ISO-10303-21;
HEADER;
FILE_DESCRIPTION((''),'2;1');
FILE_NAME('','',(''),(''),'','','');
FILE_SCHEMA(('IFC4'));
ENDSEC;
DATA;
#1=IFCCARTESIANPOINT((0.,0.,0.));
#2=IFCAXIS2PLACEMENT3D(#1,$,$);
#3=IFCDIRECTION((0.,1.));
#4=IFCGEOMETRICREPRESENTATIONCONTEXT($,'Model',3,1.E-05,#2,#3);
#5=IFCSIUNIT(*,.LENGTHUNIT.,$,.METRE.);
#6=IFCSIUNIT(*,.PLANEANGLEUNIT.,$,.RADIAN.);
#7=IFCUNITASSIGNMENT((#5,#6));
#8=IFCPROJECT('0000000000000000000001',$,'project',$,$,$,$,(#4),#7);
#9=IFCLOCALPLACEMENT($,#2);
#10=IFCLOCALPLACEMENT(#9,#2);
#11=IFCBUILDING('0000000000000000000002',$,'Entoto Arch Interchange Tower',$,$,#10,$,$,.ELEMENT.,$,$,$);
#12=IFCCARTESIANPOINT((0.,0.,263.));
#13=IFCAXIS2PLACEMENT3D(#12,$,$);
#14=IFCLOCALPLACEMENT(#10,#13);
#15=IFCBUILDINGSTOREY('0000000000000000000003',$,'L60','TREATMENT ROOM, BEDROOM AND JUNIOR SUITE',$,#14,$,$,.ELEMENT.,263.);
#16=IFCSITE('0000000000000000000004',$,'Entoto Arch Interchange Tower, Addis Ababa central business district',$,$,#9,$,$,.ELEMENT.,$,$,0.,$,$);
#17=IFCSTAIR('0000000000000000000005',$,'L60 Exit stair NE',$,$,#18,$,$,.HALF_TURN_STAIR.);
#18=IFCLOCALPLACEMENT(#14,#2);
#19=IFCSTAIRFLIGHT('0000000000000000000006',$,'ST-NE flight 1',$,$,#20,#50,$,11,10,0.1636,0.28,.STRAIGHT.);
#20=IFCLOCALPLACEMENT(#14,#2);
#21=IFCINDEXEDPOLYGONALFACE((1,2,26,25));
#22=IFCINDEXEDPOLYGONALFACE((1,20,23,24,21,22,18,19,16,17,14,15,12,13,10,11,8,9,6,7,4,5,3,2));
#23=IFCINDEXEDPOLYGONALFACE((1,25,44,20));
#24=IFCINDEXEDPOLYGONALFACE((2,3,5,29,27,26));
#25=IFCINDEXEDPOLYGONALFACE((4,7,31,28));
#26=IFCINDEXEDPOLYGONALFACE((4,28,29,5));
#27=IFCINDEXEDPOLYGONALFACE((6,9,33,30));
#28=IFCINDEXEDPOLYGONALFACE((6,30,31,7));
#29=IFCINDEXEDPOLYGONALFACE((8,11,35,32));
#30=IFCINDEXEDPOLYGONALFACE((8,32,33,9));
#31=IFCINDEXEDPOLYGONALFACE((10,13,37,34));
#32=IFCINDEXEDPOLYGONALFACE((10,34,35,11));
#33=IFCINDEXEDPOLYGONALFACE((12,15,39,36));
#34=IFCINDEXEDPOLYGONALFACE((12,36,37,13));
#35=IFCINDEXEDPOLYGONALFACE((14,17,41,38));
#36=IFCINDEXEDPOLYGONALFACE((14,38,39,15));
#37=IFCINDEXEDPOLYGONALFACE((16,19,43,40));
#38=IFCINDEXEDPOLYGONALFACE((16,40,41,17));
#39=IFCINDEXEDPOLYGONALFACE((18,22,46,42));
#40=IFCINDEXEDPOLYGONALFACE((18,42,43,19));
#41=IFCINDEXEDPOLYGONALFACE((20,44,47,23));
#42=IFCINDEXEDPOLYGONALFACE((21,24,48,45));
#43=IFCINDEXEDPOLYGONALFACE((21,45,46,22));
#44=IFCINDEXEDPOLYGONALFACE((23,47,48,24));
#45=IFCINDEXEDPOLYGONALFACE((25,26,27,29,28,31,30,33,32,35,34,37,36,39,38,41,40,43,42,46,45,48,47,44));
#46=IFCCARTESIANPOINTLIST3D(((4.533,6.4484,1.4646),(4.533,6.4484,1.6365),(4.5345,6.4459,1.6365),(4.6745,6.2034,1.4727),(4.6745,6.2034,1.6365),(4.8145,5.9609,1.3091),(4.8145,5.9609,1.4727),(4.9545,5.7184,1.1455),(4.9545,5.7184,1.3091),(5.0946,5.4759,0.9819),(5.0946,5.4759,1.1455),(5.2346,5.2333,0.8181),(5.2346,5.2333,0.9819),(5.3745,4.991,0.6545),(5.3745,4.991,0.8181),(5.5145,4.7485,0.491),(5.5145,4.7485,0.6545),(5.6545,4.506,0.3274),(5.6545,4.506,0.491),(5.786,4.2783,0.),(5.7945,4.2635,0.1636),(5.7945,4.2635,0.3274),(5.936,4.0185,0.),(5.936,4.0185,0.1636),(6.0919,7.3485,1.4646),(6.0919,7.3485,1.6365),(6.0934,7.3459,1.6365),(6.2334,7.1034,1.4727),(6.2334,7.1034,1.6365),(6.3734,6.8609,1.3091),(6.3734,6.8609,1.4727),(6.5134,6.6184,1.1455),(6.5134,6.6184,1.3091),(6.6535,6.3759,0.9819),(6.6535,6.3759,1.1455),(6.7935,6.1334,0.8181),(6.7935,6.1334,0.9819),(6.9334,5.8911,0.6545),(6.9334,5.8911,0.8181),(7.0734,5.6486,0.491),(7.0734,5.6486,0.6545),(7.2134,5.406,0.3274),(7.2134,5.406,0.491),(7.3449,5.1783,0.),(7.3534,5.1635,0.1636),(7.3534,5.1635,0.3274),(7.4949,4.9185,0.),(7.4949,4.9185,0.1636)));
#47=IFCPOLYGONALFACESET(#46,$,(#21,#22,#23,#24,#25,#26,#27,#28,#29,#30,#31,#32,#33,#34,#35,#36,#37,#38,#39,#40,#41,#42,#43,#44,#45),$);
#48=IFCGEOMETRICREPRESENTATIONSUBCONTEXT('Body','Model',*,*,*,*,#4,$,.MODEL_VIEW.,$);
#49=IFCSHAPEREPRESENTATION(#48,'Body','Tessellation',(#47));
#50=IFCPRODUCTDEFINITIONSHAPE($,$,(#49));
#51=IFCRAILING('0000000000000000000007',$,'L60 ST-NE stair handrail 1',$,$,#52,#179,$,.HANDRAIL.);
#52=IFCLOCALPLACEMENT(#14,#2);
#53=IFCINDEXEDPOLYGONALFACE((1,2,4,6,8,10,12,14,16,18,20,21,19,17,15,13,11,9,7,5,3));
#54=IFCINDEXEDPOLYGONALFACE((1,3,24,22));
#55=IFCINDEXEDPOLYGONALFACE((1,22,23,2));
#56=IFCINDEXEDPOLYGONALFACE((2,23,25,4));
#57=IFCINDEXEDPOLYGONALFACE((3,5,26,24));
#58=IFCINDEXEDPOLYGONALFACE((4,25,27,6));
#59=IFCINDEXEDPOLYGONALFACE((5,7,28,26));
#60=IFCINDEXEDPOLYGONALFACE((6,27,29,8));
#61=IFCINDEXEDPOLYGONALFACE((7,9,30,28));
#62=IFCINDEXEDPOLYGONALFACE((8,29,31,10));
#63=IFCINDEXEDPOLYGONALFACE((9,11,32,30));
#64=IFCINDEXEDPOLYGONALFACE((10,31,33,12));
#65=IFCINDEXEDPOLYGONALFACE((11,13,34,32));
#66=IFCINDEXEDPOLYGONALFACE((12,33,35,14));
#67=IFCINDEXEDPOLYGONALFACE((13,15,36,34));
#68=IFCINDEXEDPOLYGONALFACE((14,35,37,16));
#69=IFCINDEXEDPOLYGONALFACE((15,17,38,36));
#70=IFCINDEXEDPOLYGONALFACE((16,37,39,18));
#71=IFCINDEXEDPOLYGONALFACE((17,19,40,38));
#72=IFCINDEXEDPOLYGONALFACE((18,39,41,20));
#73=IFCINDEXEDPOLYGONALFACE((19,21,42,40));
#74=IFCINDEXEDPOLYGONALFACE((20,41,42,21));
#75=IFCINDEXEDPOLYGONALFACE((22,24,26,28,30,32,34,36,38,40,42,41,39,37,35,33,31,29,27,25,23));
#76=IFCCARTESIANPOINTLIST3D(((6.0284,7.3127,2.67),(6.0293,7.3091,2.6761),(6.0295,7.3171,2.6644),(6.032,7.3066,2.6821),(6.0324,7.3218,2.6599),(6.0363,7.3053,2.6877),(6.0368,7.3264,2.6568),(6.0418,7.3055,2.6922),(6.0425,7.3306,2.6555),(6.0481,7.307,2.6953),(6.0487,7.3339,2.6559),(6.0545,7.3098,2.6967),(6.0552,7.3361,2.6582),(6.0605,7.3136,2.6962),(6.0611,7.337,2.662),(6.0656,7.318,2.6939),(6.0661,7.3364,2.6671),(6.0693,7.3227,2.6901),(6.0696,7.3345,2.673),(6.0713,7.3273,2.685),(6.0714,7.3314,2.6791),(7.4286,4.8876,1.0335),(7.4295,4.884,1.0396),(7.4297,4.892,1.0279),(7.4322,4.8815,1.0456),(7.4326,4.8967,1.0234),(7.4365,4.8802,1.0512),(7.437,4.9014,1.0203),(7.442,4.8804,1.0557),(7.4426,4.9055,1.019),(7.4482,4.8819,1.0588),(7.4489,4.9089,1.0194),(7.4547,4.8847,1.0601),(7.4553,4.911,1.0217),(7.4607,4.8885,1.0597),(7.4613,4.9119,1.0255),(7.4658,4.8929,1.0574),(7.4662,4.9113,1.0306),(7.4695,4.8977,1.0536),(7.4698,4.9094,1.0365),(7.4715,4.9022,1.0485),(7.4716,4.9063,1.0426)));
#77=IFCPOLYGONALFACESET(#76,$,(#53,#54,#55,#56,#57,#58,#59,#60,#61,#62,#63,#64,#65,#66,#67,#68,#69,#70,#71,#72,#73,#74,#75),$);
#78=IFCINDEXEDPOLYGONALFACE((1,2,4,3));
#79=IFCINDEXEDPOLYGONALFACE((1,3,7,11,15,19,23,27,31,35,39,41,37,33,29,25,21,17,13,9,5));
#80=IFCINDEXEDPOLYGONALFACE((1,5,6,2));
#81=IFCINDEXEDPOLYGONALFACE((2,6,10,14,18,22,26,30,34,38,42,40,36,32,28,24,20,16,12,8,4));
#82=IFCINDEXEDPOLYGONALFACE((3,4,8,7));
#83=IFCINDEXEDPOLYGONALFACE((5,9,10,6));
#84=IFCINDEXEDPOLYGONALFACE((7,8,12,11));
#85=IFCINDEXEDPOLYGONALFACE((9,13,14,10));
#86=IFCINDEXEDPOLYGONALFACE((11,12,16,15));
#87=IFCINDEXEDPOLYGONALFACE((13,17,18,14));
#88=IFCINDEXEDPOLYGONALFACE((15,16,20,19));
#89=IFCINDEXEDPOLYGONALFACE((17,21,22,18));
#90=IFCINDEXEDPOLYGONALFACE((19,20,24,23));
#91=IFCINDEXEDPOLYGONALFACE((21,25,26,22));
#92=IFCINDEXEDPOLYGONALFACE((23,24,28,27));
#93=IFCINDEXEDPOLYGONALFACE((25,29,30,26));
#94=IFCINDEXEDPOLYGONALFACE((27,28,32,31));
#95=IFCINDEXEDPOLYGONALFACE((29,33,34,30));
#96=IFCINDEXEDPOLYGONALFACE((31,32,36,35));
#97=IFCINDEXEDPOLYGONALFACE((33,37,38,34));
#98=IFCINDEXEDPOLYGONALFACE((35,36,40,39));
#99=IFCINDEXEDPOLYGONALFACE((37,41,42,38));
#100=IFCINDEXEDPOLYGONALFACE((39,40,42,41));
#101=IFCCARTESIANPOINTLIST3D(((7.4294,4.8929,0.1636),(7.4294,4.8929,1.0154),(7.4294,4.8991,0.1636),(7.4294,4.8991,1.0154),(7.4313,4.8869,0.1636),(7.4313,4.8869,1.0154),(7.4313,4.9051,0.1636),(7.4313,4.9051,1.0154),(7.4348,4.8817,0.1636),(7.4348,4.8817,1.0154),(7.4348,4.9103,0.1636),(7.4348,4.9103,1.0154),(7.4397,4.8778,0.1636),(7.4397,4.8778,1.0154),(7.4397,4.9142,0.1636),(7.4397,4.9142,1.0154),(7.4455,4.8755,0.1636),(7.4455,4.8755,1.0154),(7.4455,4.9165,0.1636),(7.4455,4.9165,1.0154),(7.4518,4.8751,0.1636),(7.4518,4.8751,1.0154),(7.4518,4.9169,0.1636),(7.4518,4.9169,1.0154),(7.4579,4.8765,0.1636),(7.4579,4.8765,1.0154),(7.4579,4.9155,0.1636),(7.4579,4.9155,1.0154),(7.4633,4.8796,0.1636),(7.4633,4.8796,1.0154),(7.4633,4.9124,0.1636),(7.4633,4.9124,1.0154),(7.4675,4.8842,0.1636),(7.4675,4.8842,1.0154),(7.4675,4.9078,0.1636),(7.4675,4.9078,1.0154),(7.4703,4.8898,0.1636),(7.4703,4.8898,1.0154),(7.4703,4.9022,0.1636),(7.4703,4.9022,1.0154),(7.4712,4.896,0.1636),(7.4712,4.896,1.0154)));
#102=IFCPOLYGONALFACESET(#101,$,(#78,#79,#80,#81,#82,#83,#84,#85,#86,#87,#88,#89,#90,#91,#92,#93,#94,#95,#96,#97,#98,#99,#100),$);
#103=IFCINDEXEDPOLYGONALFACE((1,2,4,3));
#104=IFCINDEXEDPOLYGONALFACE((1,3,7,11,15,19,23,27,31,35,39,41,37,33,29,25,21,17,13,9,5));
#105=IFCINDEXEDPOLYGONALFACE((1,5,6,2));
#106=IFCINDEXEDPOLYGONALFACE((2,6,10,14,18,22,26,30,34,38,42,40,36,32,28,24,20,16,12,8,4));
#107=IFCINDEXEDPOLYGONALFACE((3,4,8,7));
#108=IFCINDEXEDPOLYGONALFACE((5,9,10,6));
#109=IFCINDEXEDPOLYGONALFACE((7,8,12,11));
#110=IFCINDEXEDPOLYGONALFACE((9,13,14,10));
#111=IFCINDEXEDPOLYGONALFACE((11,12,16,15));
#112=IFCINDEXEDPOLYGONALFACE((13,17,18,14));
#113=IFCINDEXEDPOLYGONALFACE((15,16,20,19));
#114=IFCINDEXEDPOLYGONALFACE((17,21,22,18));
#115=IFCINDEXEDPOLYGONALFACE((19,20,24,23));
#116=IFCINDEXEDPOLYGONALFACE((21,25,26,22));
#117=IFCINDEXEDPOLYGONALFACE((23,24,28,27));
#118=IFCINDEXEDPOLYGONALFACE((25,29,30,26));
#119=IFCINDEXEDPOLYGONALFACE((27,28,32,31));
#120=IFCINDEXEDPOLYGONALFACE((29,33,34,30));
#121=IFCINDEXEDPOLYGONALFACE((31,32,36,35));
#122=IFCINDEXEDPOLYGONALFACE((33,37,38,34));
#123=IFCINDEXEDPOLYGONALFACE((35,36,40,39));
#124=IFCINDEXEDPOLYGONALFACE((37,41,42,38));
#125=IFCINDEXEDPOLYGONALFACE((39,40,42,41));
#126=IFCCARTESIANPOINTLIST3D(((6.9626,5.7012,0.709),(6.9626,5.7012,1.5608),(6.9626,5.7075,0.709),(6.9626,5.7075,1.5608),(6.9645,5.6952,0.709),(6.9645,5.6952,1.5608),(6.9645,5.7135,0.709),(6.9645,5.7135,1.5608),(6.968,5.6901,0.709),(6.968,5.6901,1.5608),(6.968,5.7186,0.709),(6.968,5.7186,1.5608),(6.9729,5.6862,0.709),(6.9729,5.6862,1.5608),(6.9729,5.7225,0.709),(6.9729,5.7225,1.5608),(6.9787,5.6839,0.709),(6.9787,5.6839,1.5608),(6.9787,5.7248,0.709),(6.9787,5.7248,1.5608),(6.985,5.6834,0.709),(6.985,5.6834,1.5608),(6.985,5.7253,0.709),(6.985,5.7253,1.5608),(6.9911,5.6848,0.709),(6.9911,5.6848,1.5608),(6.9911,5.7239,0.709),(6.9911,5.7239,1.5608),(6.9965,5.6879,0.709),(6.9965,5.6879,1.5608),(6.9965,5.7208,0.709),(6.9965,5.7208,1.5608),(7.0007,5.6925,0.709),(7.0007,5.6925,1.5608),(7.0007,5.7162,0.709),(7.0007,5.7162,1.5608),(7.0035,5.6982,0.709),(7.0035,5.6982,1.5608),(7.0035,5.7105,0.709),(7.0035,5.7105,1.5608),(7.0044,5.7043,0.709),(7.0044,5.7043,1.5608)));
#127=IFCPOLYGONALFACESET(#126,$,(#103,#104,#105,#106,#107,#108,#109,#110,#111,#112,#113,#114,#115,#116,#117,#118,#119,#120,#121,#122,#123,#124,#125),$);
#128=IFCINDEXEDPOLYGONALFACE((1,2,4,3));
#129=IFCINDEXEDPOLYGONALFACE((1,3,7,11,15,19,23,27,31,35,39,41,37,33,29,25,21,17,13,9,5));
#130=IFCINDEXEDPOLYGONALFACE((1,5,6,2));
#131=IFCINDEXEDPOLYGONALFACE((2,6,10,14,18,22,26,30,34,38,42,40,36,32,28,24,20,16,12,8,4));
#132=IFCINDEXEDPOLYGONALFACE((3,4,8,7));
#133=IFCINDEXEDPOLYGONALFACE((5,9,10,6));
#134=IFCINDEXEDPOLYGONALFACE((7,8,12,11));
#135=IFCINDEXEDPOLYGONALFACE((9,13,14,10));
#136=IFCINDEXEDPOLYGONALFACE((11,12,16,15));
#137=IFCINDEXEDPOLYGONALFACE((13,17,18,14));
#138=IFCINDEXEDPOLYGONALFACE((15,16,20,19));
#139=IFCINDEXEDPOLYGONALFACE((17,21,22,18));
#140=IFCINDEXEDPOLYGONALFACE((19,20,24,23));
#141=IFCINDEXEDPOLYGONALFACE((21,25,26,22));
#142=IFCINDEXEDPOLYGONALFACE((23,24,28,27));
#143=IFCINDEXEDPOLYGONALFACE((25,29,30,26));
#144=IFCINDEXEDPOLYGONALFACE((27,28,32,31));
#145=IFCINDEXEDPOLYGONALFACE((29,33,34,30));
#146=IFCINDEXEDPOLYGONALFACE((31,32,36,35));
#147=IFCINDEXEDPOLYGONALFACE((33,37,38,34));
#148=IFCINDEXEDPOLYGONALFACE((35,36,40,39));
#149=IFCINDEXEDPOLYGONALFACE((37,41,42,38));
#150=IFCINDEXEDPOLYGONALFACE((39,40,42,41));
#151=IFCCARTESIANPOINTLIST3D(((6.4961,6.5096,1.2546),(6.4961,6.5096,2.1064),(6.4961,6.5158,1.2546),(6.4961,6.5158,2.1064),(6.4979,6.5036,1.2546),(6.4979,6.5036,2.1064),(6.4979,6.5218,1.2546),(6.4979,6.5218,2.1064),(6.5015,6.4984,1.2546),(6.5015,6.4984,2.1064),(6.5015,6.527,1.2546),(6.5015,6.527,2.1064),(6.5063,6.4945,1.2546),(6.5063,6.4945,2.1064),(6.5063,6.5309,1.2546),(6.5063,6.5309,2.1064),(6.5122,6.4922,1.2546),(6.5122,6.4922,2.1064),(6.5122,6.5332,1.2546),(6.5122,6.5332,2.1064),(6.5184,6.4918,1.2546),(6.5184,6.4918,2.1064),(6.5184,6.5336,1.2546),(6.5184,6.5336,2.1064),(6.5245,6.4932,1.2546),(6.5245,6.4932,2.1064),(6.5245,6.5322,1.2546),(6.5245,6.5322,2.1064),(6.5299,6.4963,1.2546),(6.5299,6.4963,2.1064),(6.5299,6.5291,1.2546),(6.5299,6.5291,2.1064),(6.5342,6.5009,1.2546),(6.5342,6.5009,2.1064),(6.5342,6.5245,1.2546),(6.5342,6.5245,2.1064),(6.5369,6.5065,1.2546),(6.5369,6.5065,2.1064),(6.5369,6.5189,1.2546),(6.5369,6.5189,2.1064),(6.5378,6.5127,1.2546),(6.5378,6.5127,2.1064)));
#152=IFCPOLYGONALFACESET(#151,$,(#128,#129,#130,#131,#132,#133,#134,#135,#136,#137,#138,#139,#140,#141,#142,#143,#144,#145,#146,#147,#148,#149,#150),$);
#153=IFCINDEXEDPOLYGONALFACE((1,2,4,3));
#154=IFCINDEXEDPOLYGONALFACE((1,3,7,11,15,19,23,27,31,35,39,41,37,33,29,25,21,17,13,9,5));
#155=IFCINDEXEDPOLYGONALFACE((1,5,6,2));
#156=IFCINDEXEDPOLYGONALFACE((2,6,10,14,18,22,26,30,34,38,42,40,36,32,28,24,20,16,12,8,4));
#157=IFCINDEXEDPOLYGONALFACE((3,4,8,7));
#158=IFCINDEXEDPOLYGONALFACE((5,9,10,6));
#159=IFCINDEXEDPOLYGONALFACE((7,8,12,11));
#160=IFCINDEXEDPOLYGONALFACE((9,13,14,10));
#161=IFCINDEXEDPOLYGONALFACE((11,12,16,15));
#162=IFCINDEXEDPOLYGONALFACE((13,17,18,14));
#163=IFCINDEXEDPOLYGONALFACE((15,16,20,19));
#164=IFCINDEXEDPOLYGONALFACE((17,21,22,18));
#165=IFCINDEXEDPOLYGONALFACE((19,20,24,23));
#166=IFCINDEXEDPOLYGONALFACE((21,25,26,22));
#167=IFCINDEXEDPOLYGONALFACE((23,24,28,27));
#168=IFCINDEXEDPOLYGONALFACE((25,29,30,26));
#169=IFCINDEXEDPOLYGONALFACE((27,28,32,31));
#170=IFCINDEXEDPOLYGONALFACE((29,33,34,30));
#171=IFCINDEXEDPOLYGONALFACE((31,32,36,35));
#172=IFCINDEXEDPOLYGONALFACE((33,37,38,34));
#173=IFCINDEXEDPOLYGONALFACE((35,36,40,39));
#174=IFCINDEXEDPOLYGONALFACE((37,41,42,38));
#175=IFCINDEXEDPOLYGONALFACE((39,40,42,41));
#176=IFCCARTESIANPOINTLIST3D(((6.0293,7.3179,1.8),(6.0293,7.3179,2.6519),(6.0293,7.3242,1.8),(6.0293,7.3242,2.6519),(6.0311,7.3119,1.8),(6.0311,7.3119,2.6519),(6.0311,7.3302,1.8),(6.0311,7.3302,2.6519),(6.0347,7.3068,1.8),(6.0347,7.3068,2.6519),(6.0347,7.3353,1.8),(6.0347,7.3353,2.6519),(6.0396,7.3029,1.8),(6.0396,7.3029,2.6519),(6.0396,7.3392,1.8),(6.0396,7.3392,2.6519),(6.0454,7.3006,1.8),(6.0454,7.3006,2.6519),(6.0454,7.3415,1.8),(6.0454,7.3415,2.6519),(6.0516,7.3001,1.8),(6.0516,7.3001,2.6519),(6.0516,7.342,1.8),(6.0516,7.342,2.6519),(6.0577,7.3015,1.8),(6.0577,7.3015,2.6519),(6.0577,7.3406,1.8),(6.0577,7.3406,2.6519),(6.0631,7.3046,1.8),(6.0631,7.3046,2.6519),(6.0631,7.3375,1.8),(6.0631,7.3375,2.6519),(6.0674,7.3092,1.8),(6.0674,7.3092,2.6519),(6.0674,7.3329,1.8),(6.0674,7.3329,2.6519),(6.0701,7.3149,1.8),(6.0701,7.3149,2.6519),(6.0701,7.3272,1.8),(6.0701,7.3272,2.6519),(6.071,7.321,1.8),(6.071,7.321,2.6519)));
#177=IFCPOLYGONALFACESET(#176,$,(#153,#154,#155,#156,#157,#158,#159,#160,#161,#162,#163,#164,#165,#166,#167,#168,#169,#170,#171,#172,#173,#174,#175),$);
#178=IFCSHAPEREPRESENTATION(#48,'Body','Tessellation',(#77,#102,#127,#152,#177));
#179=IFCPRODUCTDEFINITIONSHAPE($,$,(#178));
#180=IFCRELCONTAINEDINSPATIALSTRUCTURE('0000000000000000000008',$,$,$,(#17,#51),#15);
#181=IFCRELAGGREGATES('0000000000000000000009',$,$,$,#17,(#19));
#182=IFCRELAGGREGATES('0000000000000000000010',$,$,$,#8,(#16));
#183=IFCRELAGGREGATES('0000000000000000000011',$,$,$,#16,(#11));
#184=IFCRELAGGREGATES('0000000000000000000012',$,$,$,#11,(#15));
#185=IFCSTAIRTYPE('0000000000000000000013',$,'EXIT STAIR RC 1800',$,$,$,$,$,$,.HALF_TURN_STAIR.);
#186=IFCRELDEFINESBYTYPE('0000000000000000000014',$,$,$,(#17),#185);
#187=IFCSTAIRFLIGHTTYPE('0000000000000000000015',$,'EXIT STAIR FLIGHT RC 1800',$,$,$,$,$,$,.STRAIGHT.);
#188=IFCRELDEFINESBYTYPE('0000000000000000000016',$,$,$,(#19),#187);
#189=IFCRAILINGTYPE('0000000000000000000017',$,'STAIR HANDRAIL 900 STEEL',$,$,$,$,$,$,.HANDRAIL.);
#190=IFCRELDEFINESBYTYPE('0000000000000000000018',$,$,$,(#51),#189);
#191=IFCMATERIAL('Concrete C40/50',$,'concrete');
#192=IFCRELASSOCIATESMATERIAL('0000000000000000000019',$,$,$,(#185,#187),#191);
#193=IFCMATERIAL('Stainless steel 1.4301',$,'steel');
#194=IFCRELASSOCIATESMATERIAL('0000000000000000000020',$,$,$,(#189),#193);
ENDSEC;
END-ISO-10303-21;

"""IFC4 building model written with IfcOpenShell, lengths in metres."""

from ifc_helpers import new_model, si_unit, direction, frame, origin, origin_2d, place, context, subcontext, project, spatial, polyline, circle, outline, extrude, material, type_object, element, aggregate, save


model = new_model("IFC4")

# Units and contexts
model_context = context("Model", 3, precision=1e-05, world=origin(), true_north=direction((0.0, 1.0)))
body_context = subcontext(model_context, "Body", "Model", "MODEL_VIEW")
ifc_project = project(units=[si_unit("LENGTHUNIT", "METRE"), si_unit("PLANEANGLEUNIT", "RADIAN")], contexts=[model_context])

# Site, building, storey
site_placement = place(None, origin())
site = spatial("IfcSite", under=ifc_project, at=site_placement, Name="Entoto Arch Interchange Tower, Addis Ababa central business district", CompositionType="ELEMENT", RefElevation=0.0)
building_placement = place(site_placement, origin())
building = spatial("IfcBuilding", under=site, at=building_placement, Name="Entoto Arch Interchange Tower", CompositionType="ELEMENT")
storey_placement = place(building_placement, frame((0.0, 0.0, 263.0)))
storey = spatial("IfcBuildingStorey", under=building, at=storey_placement, Name="L60", Description="TREATMENT ROOM, BEDROOM AND JUNIOR SUITE", CompositionType="ELEMENT", Elevation=263.0)

# Shared definitions
ifc_material_1 = material(Name="Concrete C40/50", Category="concrete")

# Stair, stair flight
stair_type = type_object("IfcStairType", Name="EXIT STAIR RC 1800", PredefinedType="HALF_TURN_STAIR", material=ifc_material_1)
stair_placement = place(storey_placement, origin())
stair = element("IfcStair", 1, at=stair_placement, inside=storey, type_object=stair_type, Name="L60 Exit stair NE", PredefinedType="HALF_TURN_STAIR")
stair_flight_type = type_object("IfcStairFlightType", Name="EXIT STAIR FLIGHT RC 1800", PredefinedType="STRAIGHT", material=ifc_material_1)
stair_flight_placement = place(storey_placement, frame((6.7139, 4.4709, 0.0), z_axis=(0.0, 0.0, 1.0), x_axis=(-0.5, 0.866025, 0.0)))
stair_flight = element("IfcStairFlight", 2, at=stair_flight_placement, type_object=stair_flight_type, Name="ST-NE flight 1", NumberOfRisers=11, NumberOfTreads=10, PredefinedType="STRAIGHT", RiserHeight=0.1636, TreadLength=0.28, context=body_context, shape_type="SweptSolid", body=[
    extrude(outline(polyline([(-0.0029, 0.0), (-0.0029, 0.1636), (0.28, 0.1636), (0.28, 0.3274), (0.5601, 0.3274), (0.5601, 0.491), (0.8401, 0.491), (0.8401, 0.6545), (1.1201, 0.6545), (1.1201, 0.8181), (1.3999, 0.8181), (1.3999, 0.9819), (1.6799, 0.9819), (1.6799, 1.1455), (1.96, 1.1455), (1.96, 1.3091), (2.24, 1.3091), (2.24, 1.4727), (2.52, 1.4727), (2.52, 1.6365), (2.8, 1.6365), (2.803, 1.6365), (2.803, 1.4646), (0.2971, 0.0), (-0.0029, 0.0)])), frame((0.0, 0.8999, 0.0), z_axis=(0.0, -1.0, 0.0), x_axis=(1.0, 0.0, 0.0)), (0.0, 0.0, 1.0), 1.8),
])
aggregate(stair, [stair_flight])

# Railing
ifc_material_2 = material(Name="Stainless steel 1.4301", Category="steel")
railing_type = type_object("IfcRailingType", Name="STAIR HANDRAIL 900 STEEL", PredefinedType="HANDRAIL", material=ifc_material_2)
railing_placement = place(storey_placement, frame((7.4502, 4.896, 0.1636)))
element("IfcRailing", 3, at=railing_placement, inside=storey, type_object=railing_type, Name="L60 ST-NE stair handrail 1", PredefinedType="HANDRAIL", context=body_context, shape_type="SweptSolid", body=[
    extrude(circle(Radius=0.0239, at=origin_2d()), frame((0.0, 0.0, 0.876), z_axis=(-0.431698, 0.747699, 0.504563), x_axis=(-0.866019, -0.500012, 0.0)), (0.0, 0.0, 1.0), 3.2434),
    extrude(circle(Radius=0.021, at=origin_2d()), origin(), (0.0, 0.0, 1.0), 0.8518),
    extrude(circle(Radius=0.021, at=origin_2d()), frame((-0.4668, 0.8083, 0.5454)), (0.0, 0.0, 1.0), 0.8518),
    extrude(circle(Radius=0.021, at=origin_2d()), frame((-0.9333, 1.6167, 1.0911)), (0.0, 0.0, 1.0), 0.8518),
    extrude(circle(Radius=0.021, at=origin_2d()), frame((-1.4001, 2.425, 1.6365)), (0.0, 0.0, 1.0), 0.8518),
])

save(model, "model.ifc")
